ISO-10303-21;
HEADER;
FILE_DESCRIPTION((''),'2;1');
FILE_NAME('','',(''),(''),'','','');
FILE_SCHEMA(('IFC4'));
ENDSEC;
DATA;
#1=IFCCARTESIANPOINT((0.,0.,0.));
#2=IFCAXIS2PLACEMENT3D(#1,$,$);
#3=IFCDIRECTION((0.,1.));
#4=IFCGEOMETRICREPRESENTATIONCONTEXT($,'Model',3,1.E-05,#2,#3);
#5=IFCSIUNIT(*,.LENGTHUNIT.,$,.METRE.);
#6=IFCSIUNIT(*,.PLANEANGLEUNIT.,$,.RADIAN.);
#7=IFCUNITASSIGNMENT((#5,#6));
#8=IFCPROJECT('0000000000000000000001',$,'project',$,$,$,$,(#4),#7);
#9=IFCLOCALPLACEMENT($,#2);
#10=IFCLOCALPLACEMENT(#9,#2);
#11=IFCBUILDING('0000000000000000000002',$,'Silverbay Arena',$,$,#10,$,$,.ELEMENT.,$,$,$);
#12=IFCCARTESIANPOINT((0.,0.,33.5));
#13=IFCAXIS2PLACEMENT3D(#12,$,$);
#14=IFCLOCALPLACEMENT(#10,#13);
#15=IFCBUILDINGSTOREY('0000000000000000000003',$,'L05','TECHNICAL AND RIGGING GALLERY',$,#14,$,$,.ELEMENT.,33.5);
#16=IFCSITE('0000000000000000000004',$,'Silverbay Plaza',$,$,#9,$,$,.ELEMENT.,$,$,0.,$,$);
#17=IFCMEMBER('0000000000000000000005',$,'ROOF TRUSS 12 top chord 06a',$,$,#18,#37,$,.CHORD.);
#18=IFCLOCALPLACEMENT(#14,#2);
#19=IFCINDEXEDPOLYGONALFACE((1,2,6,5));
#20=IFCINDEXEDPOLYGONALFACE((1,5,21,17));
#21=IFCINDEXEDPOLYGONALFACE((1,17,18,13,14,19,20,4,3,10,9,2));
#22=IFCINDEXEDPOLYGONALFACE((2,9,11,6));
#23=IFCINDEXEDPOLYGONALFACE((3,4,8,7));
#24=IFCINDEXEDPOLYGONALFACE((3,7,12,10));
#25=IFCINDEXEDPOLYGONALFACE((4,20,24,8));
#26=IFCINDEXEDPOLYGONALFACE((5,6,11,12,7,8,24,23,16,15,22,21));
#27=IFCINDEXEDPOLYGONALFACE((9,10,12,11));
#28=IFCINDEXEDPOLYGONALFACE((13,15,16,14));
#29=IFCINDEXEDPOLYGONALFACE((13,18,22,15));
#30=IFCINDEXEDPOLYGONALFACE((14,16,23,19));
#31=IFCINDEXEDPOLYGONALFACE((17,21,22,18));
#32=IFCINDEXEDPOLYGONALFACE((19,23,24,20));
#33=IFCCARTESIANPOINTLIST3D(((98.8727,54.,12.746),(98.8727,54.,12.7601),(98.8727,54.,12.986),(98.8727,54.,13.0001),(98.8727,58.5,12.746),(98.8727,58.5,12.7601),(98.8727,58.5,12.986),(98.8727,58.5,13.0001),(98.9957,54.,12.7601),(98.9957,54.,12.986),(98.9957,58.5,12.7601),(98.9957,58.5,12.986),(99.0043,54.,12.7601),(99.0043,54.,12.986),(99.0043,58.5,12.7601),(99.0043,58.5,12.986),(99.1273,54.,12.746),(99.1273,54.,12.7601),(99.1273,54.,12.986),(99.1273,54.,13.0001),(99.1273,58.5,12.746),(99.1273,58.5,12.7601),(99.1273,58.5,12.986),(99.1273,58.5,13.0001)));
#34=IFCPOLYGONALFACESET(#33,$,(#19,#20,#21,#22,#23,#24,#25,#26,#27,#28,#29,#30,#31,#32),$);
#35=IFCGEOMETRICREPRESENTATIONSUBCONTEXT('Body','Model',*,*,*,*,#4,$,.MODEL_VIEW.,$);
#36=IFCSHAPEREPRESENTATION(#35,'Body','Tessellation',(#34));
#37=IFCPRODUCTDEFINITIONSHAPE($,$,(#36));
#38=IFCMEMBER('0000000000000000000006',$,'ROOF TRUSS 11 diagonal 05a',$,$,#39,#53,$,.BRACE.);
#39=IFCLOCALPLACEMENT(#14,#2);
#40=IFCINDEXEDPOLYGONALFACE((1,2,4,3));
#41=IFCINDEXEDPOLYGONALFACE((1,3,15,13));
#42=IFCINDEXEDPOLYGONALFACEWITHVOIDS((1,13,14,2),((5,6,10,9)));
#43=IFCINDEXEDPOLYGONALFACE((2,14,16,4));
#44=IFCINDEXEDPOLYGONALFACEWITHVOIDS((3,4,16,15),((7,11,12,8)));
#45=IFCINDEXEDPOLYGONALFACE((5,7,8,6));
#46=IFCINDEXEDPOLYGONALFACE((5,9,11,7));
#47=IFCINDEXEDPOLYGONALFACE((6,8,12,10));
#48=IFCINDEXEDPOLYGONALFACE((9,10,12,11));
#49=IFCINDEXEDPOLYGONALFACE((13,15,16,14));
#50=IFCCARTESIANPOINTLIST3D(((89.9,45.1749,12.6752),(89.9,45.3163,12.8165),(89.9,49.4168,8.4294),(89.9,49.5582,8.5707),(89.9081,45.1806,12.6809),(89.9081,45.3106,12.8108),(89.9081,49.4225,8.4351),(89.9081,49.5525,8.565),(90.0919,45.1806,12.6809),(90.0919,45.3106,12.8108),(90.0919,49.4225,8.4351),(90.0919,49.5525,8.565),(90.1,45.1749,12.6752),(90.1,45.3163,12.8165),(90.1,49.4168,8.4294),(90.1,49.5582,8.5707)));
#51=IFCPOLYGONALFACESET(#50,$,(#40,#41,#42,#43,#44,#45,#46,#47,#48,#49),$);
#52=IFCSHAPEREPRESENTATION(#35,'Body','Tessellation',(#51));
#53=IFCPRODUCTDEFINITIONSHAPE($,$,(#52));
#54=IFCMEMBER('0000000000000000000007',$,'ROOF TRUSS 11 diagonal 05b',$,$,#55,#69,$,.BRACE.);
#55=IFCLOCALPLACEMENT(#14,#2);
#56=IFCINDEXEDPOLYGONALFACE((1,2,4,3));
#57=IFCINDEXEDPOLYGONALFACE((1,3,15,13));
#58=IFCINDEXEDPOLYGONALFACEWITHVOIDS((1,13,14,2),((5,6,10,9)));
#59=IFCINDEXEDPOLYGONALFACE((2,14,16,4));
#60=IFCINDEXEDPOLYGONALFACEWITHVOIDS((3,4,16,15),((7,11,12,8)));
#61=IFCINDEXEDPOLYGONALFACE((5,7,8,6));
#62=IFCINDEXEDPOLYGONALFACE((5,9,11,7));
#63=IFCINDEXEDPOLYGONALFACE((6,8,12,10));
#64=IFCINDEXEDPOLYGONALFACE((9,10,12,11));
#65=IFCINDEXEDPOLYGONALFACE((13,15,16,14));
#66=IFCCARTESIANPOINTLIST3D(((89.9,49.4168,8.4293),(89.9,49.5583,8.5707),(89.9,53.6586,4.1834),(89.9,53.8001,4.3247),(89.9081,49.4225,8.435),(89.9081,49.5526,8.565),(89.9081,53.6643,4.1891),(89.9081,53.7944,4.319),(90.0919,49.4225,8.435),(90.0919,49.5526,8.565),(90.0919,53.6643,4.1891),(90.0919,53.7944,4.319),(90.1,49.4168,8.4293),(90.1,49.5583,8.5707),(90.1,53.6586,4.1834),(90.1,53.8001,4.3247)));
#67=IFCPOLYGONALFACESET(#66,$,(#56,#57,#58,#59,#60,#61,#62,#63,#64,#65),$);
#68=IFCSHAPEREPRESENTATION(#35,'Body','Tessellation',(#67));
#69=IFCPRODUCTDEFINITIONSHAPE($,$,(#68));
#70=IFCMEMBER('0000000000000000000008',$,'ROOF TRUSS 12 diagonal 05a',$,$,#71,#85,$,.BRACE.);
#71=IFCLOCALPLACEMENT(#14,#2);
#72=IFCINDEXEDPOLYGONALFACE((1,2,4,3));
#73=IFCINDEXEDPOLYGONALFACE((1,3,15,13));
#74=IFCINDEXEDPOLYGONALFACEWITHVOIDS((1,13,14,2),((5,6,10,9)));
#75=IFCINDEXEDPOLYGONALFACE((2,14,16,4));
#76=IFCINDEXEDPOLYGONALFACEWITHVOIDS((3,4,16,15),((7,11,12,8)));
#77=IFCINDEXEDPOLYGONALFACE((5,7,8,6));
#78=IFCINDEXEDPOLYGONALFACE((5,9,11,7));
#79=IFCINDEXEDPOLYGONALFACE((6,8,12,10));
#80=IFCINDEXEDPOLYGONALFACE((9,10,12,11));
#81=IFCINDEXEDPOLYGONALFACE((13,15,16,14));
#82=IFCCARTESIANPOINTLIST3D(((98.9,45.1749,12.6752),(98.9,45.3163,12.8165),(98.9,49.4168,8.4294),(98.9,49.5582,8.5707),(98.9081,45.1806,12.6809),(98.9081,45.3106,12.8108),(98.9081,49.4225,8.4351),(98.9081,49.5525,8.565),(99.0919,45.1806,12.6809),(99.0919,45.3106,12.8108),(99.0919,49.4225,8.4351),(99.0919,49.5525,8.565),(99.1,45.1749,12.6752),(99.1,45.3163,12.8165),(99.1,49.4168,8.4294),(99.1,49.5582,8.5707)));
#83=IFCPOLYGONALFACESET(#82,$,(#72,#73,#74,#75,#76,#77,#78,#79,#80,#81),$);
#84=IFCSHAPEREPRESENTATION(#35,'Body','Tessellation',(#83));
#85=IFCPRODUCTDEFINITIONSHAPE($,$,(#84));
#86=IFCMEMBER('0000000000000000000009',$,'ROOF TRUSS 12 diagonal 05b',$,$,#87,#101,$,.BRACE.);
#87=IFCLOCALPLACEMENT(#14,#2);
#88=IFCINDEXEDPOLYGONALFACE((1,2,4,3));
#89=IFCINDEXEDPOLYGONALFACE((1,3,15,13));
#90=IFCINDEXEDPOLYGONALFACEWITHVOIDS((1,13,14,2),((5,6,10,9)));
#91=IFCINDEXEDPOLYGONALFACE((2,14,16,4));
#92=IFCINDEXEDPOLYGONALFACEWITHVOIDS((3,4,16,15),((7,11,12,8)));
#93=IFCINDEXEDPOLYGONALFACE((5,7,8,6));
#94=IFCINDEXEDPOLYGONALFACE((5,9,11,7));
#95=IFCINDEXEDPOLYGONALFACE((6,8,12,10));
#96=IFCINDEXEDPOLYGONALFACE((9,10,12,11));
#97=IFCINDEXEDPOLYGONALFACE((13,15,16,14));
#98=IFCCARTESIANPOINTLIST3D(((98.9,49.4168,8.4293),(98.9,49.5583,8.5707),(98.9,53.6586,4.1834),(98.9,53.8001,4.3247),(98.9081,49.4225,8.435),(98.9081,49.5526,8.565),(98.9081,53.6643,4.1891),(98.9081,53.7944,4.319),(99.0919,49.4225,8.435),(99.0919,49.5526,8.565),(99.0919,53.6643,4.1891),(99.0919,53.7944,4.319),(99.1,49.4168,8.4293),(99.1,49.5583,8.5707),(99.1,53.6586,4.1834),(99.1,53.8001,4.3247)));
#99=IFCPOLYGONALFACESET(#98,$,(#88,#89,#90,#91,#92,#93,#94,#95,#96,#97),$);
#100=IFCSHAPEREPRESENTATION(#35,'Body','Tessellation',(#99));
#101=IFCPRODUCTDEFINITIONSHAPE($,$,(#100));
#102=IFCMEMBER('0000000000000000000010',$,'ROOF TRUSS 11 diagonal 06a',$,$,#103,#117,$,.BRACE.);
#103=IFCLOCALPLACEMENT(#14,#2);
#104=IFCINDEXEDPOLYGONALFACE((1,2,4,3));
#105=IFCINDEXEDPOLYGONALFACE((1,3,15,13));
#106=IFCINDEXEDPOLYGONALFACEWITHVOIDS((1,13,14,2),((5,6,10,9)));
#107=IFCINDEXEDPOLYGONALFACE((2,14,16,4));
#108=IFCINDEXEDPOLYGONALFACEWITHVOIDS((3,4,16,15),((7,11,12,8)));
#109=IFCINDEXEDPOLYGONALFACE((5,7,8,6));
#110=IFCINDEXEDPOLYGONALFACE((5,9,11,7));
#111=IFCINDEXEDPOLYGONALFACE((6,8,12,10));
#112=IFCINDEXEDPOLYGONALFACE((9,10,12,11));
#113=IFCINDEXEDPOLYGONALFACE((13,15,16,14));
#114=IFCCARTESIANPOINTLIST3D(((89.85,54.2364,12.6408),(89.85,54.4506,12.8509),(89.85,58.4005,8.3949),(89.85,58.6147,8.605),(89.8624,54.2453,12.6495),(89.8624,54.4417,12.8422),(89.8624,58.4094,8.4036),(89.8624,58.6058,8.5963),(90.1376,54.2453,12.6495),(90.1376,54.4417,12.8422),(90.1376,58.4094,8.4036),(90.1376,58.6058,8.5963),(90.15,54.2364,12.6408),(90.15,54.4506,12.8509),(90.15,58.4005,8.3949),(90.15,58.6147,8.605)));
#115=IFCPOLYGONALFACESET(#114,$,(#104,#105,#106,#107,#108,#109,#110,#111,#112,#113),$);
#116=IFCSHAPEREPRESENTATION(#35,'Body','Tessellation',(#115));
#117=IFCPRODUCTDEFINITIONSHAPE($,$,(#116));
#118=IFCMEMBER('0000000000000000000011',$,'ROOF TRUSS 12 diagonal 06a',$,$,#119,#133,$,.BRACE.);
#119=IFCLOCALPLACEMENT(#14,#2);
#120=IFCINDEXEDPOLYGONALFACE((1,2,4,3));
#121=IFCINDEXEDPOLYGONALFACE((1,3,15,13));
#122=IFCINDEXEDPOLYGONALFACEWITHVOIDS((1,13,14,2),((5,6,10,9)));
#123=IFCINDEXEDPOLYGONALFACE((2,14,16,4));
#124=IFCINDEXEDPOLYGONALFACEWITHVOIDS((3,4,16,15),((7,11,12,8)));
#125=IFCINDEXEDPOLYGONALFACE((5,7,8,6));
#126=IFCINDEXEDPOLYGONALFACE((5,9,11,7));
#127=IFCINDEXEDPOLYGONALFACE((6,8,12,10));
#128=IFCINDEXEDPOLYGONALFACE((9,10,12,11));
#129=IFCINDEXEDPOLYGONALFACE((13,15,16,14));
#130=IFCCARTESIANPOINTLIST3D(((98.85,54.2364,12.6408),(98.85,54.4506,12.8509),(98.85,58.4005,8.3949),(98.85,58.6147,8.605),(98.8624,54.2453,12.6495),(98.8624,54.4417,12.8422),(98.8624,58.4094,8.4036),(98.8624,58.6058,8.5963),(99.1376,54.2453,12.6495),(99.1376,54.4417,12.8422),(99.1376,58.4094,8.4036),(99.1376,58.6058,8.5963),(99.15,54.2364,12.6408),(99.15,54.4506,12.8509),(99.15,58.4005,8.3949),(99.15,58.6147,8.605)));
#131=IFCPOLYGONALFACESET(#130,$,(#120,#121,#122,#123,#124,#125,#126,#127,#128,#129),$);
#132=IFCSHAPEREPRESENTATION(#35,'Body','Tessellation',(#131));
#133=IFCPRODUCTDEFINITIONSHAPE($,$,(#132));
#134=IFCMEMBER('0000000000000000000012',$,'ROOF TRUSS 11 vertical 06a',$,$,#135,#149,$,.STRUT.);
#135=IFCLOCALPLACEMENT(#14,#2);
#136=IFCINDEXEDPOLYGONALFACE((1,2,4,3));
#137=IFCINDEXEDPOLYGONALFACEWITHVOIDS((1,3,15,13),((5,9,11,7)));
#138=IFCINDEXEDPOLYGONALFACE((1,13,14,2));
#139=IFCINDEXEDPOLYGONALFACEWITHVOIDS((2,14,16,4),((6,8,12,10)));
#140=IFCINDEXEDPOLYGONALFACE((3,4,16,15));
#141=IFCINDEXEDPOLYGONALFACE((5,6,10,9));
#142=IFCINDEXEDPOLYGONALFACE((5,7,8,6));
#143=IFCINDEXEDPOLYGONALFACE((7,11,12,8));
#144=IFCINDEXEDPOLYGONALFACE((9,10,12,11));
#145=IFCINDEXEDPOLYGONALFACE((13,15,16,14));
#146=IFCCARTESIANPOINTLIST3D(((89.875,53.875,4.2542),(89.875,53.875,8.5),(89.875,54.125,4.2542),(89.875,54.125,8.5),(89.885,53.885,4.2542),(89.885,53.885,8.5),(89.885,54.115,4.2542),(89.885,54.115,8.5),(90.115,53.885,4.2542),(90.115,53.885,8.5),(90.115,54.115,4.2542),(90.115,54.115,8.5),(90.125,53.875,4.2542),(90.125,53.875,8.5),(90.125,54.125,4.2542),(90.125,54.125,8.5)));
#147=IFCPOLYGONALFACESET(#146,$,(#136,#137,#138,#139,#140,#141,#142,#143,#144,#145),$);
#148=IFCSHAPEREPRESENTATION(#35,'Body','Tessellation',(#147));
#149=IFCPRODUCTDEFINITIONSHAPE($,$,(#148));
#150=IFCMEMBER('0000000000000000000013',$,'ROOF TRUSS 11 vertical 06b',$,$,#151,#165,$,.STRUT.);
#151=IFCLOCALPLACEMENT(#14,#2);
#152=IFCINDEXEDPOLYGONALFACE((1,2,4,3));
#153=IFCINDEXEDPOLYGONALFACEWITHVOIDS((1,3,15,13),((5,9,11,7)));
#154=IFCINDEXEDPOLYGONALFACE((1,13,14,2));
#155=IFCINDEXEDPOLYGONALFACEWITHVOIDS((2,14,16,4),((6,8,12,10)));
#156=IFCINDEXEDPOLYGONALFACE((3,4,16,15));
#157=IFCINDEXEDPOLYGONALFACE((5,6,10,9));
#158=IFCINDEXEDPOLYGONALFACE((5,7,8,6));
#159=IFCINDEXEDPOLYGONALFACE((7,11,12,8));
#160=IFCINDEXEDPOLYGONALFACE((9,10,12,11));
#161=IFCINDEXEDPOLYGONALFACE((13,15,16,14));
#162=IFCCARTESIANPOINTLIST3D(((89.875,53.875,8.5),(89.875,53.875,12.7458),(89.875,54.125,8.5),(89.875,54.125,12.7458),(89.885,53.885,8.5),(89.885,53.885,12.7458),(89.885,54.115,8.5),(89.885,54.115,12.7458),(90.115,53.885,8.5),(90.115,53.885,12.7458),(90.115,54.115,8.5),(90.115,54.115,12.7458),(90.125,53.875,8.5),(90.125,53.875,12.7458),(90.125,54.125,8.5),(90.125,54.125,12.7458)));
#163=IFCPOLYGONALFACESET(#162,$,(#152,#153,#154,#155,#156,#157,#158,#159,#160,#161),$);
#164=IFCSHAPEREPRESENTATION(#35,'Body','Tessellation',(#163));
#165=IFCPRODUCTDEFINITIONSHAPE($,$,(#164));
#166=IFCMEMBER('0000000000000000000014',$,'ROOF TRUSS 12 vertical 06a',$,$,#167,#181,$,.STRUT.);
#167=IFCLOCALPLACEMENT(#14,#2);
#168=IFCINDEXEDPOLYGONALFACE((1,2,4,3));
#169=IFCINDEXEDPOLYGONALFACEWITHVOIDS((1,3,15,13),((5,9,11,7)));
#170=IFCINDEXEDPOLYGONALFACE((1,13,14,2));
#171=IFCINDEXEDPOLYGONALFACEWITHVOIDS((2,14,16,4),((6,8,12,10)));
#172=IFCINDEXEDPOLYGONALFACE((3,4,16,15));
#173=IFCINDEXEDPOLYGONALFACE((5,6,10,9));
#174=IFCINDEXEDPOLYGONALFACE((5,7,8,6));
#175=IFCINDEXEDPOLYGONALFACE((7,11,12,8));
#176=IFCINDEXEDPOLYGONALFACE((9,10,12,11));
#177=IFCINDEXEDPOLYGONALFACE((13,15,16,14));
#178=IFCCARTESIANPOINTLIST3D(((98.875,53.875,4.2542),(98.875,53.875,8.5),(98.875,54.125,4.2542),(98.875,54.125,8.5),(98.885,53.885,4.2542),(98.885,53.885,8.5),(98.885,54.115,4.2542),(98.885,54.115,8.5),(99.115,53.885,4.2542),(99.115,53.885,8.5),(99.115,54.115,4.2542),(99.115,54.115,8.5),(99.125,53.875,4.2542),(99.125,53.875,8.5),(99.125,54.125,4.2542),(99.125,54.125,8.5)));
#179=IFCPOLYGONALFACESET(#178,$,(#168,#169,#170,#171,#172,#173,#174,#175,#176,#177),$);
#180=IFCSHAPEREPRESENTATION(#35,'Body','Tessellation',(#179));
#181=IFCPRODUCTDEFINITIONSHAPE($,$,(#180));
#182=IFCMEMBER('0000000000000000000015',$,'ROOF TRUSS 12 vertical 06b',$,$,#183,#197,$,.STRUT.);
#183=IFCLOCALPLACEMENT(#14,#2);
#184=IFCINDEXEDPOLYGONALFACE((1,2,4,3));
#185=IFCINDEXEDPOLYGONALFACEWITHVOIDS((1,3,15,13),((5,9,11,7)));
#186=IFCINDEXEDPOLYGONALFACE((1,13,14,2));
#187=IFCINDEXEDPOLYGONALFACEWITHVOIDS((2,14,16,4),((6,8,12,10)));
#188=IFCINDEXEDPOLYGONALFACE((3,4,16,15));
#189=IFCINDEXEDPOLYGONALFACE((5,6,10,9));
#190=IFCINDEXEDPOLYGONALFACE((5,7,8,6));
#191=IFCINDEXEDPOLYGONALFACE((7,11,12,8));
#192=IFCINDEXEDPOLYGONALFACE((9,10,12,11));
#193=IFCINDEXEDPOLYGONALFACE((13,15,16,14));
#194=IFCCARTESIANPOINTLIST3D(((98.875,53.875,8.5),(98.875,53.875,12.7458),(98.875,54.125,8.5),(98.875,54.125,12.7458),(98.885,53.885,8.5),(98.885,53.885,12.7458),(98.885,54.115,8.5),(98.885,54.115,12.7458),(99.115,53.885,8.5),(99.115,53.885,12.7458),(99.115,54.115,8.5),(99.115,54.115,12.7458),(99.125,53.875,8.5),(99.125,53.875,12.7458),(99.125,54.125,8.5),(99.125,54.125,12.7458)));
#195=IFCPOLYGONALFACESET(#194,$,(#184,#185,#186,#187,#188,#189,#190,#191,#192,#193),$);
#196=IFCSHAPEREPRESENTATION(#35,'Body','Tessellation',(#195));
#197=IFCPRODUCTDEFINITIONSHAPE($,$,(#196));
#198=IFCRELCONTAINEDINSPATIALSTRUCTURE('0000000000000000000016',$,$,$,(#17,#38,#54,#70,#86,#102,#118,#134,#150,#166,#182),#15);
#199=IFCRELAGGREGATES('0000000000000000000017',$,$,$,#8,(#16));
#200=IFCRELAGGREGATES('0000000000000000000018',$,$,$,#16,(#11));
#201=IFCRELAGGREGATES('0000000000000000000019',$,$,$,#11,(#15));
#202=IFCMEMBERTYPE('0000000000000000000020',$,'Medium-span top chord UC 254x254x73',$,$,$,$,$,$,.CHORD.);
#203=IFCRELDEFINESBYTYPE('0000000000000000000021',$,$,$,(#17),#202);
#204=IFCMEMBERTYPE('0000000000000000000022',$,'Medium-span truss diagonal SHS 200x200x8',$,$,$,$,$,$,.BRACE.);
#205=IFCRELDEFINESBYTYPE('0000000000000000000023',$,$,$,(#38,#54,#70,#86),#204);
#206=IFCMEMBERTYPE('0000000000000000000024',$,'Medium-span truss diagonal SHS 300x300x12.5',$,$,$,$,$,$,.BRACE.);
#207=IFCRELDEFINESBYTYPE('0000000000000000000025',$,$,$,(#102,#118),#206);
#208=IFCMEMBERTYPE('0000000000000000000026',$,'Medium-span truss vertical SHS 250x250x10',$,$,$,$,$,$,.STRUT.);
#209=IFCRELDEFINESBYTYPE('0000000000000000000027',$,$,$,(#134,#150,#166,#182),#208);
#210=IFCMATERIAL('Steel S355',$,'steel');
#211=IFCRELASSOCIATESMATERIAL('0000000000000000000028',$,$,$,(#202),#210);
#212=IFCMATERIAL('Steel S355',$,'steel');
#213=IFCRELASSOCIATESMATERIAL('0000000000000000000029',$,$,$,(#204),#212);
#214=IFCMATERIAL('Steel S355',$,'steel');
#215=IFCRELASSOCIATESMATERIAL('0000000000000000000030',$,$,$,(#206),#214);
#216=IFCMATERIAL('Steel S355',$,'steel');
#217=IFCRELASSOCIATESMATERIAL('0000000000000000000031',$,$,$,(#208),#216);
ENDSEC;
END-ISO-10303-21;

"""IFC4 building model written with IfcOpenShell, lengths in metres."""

from ifc_helpers import new_model, si_unit, direction, frame, origin, origin_2d, place, context, subcontext, project, spatial, hollow_rectangle, i_section, extrude, material, material_profile, profile_set, type_object, element, save


model = new_model("IFC4")

# Units and contexts
model_context = context("Model", 3, precision=1e-05, world=origin(), true_north=direction((0.0, 1.0)))
body_context = subcontext(model_context, "Body", "Model", "MODEL_VIEW")
ifc_project = project(units=[si_unit("LENGTHUNIT", "METRE"), si_unit("PLANEANGLEUNIT", "RADIAN")], contexts=[model_context])

# Site, building, storey
site_placement = place(None, origin())
site = spatial("IfcSite", under=ifc_project, at=site_placement, Name="Silverbay Plaza", CompositionType="ELEMENT", RefElevation=0.0)
building_placement = place(site_placement, origin())
building = spatial("IfcBuilding", under=site, at=building_placement, Name="Silverbay Arena", CompositionType="ELEMENT")
storey_placement = place(building_placement, frame((0.0, 0.0, 33.5)))
storey = spatial("IfcBuildingStorey", under=building, at=storey_placement, Name="L05", Description="TECHNICAL AND RIGGING GALLERY", CompositionType="ELEMENT", Elevation=33.5)

# Members
ifc_material_1 = material(Name="Steel S355", Category="steel")
ifc_material_profile_1 = material_profile(ifc_material_1, i_section(OverallWidth=0.2546, OverallDepth=0.2542, WebThickness=0.0085, FlangeThickness=0.0142, at=origin_2d()), Name="UC 254x254x73")
ifc_profile_set_1 = profile_set([ifc_material_profile_1], Name="Steel S355")
member_type_1 = type_object("IfcMemberType", Name="Medium-span top chord UC 254x254x73", PredefinedType="CHORD", material=ifc_profile_set_1)
for number, where, z_axis, x_axis, name in (
    (1, (99.0, 54.0, 12.873), (0.0, 1.0, 0.0), (-1.0, 0.0, 0.0), "ROOF TRUSS 12 top chord 06a"),
):
    element("IfcMember", number, at=place(storey_placement, frame(where, z_axis=z_axis, x_axis=x_axis)), inside=storey, type_object=member_type_1, Name=name, PredefinedType="CHORD", context=body_context, shape_type="SweptSolid", body=[
        extrude(i_section(OverallWidth=0.2546, OverallDepth=0.2542, WebThickness=0.0085, FlangeThickness=0.0142, at=origin_2d()), origin(), (0.0, 0.0, 1.0), 4.5),
    ])
ifc_material_2 = material(Name="Steel S355", Category="steel")
ifc_material_profile_2 = material_profile(ifc_material_2, hollow_rectangle(XDim=0.2, YDim=0.2, WallThickness=0.0081, at=origin_2d()), Name="SHS 200x200x8")
ifc_profile_set_2 = profile_set([ifc_material_profile_2], Name="Steel S355")
member_type_2 = type_object("IfcMemberType", Name="Medium-span truss diagonal SHS 200x200x8", PredefinedType="BRACE", material=ifc_profile_set_2)
for number, where, z_axis, x_axis, name in (
    (2, (90.0, 45.2456, 12.7458), (0.0, 0.706781, -0.707432), (-1.0, 0.0, 0.0), "ROOF TRUSS 11 diagonal 05a"),
    (3, (90.0, 49.4875, 8.5), (0.0, 0.706761, -0.707452), (-1.0, 0.0, 0.0), "ROOF TRUSS 11 diagonal 05b"),
    (4, (99.0, 45.2456, 12.7458), (0.0, 0.706781, -0.707432), (-1.0, 0.0, 0.0), "ROOF TRUSS 12 diagonal 05a"),
    (5, (99.0, 49.4875, 8.5), (0.0, 0.706761, -0.707452), (-1.0, 0.0, 0.0), "ROOF TRUSS 12 diagonal 05b"),
):
    element("IfcMember", number, at=place(storey_placement, frame(where, z_axis=z_axis, x_axis=x_axis)), inside=storey, type_object=member_type_2, Name=name, PredefinedType="BRACE", context=body_context, shape_type="SweptSolid", body=[
        extrude(hollow_rectangle(XDim=0.2, YDim=0.2, WallThickness=0.0081, at=origin_2d()), origin(), (0.0, 0.0, 1.0), 6.0017),
    ])
ifc_material_3 = material(Name="Steel S355", Category="steel")
ifc_material_profile_3 = material_profile(ifc_material_3, hollow_rectangle(XDim=0.3, YDim=0.3, WallThickness=0.0125, at=origin_2d()), Name="SHS 300x300x12.5")
ifc_profile_set_3 = profile_set([ifc_material_profile_3], Name="Steel S355")
member_type_3 = type_object("IfcMemberType", Name="Medium-span truss diagonal SHS 300x300x12.5", PredefinedType="BRACE", material=ifc_profile_set_3)
for number, where, z_axis, x_axis, name in (
    (6, (90.0, 54.3435, 12.7458), (0.0, 0.700197, -0.71395), (-1.0, 0.0, 0.0), "ROOF TRUSS 11 diagonal 06a"),
    (7, (99.0, 54.3435, 12.7458), (0.0, 0.700197, -0.71395), (-1.0, 0.0, 0.0), "ROOF TRUSS 12 diagonal 06a"),
):
    element("IfcMember", number, at=place(storey_placement, frame(where, z_axis=z_axis, x_axis=x_axis)), inside=storey, type_object=member_type_3, Name=name, PredefinedType="BRACE", context=body_context, shape_type="SweptSolid", body=[
        extrude(hollow_rectangle(XDim=0.3, YDim=0.3, WallThickness=0.0125, at=origin_2d()), origin(), (0.0, 0.0, 1.0), 5.947),
    ])
ifc_material_4 = material(Name="Steel S355", Category="steel")
ifc_material_profile_4 = material_profile(ifc_material_4, hollow_rectangle(XDim=0.25, YDim=0.25, WallThickness=0.01, at=origin_2d()), Name="SHS 250x250x10")
ifc_profile_set_4 = profile_set([ifc_material_profile_4], Name="Steel S355")
member_type_4 = type_object("IfcMemberType", Name="Medium-span truss vertical SHS 250x250x10", PredefinedType="STRUT", material=ifc_profile_set_4)
for number, where, z_axis, x_axis, name in (
    (8, (90.0, 54.0, 4.2542), (0.0, 0.0, 1.0), (1.0, 0.0, 0.0), "ROOF TRUSS 11 vertical 06a"),
    (9, (90.0, 54.0, 8.5), (0.0, 0.0, 1.0), (1.0, 0.0, 0.0), "ROOF TRUSS 11 vertical 06b"),
    (10, (99.0, 54.0, 4.2542), (0.0, 0.0, 1.0), (1.0, 0.0, 0.0), "ROOF TRUSS 12 vertical 06a"),
    (11, (99.0, 54.0, 8.5), (0.0, 0.0, 1.0), (1.0, 0.0, 0.0), "ROOF TRUSS 12 vertical 06b"),
):
    element("IfcMember", number, at=place(storey_placement, frame(where, z_axis=z_axis, x_axis=x_axis)), inside=storey, type_object=member_type_4, Name=name, PredefinedType="STRUT", context=body_context, shape_type="SweptSolid", body=[
        extrude(hollow_rectangle(XDim=0.25, YDim=0.25, WallThickness=0.01, at=origin_2d()), origin(), (0.0, 0.0, 1.0), 4.2458),
    ])

save(model, "model.ifc")
